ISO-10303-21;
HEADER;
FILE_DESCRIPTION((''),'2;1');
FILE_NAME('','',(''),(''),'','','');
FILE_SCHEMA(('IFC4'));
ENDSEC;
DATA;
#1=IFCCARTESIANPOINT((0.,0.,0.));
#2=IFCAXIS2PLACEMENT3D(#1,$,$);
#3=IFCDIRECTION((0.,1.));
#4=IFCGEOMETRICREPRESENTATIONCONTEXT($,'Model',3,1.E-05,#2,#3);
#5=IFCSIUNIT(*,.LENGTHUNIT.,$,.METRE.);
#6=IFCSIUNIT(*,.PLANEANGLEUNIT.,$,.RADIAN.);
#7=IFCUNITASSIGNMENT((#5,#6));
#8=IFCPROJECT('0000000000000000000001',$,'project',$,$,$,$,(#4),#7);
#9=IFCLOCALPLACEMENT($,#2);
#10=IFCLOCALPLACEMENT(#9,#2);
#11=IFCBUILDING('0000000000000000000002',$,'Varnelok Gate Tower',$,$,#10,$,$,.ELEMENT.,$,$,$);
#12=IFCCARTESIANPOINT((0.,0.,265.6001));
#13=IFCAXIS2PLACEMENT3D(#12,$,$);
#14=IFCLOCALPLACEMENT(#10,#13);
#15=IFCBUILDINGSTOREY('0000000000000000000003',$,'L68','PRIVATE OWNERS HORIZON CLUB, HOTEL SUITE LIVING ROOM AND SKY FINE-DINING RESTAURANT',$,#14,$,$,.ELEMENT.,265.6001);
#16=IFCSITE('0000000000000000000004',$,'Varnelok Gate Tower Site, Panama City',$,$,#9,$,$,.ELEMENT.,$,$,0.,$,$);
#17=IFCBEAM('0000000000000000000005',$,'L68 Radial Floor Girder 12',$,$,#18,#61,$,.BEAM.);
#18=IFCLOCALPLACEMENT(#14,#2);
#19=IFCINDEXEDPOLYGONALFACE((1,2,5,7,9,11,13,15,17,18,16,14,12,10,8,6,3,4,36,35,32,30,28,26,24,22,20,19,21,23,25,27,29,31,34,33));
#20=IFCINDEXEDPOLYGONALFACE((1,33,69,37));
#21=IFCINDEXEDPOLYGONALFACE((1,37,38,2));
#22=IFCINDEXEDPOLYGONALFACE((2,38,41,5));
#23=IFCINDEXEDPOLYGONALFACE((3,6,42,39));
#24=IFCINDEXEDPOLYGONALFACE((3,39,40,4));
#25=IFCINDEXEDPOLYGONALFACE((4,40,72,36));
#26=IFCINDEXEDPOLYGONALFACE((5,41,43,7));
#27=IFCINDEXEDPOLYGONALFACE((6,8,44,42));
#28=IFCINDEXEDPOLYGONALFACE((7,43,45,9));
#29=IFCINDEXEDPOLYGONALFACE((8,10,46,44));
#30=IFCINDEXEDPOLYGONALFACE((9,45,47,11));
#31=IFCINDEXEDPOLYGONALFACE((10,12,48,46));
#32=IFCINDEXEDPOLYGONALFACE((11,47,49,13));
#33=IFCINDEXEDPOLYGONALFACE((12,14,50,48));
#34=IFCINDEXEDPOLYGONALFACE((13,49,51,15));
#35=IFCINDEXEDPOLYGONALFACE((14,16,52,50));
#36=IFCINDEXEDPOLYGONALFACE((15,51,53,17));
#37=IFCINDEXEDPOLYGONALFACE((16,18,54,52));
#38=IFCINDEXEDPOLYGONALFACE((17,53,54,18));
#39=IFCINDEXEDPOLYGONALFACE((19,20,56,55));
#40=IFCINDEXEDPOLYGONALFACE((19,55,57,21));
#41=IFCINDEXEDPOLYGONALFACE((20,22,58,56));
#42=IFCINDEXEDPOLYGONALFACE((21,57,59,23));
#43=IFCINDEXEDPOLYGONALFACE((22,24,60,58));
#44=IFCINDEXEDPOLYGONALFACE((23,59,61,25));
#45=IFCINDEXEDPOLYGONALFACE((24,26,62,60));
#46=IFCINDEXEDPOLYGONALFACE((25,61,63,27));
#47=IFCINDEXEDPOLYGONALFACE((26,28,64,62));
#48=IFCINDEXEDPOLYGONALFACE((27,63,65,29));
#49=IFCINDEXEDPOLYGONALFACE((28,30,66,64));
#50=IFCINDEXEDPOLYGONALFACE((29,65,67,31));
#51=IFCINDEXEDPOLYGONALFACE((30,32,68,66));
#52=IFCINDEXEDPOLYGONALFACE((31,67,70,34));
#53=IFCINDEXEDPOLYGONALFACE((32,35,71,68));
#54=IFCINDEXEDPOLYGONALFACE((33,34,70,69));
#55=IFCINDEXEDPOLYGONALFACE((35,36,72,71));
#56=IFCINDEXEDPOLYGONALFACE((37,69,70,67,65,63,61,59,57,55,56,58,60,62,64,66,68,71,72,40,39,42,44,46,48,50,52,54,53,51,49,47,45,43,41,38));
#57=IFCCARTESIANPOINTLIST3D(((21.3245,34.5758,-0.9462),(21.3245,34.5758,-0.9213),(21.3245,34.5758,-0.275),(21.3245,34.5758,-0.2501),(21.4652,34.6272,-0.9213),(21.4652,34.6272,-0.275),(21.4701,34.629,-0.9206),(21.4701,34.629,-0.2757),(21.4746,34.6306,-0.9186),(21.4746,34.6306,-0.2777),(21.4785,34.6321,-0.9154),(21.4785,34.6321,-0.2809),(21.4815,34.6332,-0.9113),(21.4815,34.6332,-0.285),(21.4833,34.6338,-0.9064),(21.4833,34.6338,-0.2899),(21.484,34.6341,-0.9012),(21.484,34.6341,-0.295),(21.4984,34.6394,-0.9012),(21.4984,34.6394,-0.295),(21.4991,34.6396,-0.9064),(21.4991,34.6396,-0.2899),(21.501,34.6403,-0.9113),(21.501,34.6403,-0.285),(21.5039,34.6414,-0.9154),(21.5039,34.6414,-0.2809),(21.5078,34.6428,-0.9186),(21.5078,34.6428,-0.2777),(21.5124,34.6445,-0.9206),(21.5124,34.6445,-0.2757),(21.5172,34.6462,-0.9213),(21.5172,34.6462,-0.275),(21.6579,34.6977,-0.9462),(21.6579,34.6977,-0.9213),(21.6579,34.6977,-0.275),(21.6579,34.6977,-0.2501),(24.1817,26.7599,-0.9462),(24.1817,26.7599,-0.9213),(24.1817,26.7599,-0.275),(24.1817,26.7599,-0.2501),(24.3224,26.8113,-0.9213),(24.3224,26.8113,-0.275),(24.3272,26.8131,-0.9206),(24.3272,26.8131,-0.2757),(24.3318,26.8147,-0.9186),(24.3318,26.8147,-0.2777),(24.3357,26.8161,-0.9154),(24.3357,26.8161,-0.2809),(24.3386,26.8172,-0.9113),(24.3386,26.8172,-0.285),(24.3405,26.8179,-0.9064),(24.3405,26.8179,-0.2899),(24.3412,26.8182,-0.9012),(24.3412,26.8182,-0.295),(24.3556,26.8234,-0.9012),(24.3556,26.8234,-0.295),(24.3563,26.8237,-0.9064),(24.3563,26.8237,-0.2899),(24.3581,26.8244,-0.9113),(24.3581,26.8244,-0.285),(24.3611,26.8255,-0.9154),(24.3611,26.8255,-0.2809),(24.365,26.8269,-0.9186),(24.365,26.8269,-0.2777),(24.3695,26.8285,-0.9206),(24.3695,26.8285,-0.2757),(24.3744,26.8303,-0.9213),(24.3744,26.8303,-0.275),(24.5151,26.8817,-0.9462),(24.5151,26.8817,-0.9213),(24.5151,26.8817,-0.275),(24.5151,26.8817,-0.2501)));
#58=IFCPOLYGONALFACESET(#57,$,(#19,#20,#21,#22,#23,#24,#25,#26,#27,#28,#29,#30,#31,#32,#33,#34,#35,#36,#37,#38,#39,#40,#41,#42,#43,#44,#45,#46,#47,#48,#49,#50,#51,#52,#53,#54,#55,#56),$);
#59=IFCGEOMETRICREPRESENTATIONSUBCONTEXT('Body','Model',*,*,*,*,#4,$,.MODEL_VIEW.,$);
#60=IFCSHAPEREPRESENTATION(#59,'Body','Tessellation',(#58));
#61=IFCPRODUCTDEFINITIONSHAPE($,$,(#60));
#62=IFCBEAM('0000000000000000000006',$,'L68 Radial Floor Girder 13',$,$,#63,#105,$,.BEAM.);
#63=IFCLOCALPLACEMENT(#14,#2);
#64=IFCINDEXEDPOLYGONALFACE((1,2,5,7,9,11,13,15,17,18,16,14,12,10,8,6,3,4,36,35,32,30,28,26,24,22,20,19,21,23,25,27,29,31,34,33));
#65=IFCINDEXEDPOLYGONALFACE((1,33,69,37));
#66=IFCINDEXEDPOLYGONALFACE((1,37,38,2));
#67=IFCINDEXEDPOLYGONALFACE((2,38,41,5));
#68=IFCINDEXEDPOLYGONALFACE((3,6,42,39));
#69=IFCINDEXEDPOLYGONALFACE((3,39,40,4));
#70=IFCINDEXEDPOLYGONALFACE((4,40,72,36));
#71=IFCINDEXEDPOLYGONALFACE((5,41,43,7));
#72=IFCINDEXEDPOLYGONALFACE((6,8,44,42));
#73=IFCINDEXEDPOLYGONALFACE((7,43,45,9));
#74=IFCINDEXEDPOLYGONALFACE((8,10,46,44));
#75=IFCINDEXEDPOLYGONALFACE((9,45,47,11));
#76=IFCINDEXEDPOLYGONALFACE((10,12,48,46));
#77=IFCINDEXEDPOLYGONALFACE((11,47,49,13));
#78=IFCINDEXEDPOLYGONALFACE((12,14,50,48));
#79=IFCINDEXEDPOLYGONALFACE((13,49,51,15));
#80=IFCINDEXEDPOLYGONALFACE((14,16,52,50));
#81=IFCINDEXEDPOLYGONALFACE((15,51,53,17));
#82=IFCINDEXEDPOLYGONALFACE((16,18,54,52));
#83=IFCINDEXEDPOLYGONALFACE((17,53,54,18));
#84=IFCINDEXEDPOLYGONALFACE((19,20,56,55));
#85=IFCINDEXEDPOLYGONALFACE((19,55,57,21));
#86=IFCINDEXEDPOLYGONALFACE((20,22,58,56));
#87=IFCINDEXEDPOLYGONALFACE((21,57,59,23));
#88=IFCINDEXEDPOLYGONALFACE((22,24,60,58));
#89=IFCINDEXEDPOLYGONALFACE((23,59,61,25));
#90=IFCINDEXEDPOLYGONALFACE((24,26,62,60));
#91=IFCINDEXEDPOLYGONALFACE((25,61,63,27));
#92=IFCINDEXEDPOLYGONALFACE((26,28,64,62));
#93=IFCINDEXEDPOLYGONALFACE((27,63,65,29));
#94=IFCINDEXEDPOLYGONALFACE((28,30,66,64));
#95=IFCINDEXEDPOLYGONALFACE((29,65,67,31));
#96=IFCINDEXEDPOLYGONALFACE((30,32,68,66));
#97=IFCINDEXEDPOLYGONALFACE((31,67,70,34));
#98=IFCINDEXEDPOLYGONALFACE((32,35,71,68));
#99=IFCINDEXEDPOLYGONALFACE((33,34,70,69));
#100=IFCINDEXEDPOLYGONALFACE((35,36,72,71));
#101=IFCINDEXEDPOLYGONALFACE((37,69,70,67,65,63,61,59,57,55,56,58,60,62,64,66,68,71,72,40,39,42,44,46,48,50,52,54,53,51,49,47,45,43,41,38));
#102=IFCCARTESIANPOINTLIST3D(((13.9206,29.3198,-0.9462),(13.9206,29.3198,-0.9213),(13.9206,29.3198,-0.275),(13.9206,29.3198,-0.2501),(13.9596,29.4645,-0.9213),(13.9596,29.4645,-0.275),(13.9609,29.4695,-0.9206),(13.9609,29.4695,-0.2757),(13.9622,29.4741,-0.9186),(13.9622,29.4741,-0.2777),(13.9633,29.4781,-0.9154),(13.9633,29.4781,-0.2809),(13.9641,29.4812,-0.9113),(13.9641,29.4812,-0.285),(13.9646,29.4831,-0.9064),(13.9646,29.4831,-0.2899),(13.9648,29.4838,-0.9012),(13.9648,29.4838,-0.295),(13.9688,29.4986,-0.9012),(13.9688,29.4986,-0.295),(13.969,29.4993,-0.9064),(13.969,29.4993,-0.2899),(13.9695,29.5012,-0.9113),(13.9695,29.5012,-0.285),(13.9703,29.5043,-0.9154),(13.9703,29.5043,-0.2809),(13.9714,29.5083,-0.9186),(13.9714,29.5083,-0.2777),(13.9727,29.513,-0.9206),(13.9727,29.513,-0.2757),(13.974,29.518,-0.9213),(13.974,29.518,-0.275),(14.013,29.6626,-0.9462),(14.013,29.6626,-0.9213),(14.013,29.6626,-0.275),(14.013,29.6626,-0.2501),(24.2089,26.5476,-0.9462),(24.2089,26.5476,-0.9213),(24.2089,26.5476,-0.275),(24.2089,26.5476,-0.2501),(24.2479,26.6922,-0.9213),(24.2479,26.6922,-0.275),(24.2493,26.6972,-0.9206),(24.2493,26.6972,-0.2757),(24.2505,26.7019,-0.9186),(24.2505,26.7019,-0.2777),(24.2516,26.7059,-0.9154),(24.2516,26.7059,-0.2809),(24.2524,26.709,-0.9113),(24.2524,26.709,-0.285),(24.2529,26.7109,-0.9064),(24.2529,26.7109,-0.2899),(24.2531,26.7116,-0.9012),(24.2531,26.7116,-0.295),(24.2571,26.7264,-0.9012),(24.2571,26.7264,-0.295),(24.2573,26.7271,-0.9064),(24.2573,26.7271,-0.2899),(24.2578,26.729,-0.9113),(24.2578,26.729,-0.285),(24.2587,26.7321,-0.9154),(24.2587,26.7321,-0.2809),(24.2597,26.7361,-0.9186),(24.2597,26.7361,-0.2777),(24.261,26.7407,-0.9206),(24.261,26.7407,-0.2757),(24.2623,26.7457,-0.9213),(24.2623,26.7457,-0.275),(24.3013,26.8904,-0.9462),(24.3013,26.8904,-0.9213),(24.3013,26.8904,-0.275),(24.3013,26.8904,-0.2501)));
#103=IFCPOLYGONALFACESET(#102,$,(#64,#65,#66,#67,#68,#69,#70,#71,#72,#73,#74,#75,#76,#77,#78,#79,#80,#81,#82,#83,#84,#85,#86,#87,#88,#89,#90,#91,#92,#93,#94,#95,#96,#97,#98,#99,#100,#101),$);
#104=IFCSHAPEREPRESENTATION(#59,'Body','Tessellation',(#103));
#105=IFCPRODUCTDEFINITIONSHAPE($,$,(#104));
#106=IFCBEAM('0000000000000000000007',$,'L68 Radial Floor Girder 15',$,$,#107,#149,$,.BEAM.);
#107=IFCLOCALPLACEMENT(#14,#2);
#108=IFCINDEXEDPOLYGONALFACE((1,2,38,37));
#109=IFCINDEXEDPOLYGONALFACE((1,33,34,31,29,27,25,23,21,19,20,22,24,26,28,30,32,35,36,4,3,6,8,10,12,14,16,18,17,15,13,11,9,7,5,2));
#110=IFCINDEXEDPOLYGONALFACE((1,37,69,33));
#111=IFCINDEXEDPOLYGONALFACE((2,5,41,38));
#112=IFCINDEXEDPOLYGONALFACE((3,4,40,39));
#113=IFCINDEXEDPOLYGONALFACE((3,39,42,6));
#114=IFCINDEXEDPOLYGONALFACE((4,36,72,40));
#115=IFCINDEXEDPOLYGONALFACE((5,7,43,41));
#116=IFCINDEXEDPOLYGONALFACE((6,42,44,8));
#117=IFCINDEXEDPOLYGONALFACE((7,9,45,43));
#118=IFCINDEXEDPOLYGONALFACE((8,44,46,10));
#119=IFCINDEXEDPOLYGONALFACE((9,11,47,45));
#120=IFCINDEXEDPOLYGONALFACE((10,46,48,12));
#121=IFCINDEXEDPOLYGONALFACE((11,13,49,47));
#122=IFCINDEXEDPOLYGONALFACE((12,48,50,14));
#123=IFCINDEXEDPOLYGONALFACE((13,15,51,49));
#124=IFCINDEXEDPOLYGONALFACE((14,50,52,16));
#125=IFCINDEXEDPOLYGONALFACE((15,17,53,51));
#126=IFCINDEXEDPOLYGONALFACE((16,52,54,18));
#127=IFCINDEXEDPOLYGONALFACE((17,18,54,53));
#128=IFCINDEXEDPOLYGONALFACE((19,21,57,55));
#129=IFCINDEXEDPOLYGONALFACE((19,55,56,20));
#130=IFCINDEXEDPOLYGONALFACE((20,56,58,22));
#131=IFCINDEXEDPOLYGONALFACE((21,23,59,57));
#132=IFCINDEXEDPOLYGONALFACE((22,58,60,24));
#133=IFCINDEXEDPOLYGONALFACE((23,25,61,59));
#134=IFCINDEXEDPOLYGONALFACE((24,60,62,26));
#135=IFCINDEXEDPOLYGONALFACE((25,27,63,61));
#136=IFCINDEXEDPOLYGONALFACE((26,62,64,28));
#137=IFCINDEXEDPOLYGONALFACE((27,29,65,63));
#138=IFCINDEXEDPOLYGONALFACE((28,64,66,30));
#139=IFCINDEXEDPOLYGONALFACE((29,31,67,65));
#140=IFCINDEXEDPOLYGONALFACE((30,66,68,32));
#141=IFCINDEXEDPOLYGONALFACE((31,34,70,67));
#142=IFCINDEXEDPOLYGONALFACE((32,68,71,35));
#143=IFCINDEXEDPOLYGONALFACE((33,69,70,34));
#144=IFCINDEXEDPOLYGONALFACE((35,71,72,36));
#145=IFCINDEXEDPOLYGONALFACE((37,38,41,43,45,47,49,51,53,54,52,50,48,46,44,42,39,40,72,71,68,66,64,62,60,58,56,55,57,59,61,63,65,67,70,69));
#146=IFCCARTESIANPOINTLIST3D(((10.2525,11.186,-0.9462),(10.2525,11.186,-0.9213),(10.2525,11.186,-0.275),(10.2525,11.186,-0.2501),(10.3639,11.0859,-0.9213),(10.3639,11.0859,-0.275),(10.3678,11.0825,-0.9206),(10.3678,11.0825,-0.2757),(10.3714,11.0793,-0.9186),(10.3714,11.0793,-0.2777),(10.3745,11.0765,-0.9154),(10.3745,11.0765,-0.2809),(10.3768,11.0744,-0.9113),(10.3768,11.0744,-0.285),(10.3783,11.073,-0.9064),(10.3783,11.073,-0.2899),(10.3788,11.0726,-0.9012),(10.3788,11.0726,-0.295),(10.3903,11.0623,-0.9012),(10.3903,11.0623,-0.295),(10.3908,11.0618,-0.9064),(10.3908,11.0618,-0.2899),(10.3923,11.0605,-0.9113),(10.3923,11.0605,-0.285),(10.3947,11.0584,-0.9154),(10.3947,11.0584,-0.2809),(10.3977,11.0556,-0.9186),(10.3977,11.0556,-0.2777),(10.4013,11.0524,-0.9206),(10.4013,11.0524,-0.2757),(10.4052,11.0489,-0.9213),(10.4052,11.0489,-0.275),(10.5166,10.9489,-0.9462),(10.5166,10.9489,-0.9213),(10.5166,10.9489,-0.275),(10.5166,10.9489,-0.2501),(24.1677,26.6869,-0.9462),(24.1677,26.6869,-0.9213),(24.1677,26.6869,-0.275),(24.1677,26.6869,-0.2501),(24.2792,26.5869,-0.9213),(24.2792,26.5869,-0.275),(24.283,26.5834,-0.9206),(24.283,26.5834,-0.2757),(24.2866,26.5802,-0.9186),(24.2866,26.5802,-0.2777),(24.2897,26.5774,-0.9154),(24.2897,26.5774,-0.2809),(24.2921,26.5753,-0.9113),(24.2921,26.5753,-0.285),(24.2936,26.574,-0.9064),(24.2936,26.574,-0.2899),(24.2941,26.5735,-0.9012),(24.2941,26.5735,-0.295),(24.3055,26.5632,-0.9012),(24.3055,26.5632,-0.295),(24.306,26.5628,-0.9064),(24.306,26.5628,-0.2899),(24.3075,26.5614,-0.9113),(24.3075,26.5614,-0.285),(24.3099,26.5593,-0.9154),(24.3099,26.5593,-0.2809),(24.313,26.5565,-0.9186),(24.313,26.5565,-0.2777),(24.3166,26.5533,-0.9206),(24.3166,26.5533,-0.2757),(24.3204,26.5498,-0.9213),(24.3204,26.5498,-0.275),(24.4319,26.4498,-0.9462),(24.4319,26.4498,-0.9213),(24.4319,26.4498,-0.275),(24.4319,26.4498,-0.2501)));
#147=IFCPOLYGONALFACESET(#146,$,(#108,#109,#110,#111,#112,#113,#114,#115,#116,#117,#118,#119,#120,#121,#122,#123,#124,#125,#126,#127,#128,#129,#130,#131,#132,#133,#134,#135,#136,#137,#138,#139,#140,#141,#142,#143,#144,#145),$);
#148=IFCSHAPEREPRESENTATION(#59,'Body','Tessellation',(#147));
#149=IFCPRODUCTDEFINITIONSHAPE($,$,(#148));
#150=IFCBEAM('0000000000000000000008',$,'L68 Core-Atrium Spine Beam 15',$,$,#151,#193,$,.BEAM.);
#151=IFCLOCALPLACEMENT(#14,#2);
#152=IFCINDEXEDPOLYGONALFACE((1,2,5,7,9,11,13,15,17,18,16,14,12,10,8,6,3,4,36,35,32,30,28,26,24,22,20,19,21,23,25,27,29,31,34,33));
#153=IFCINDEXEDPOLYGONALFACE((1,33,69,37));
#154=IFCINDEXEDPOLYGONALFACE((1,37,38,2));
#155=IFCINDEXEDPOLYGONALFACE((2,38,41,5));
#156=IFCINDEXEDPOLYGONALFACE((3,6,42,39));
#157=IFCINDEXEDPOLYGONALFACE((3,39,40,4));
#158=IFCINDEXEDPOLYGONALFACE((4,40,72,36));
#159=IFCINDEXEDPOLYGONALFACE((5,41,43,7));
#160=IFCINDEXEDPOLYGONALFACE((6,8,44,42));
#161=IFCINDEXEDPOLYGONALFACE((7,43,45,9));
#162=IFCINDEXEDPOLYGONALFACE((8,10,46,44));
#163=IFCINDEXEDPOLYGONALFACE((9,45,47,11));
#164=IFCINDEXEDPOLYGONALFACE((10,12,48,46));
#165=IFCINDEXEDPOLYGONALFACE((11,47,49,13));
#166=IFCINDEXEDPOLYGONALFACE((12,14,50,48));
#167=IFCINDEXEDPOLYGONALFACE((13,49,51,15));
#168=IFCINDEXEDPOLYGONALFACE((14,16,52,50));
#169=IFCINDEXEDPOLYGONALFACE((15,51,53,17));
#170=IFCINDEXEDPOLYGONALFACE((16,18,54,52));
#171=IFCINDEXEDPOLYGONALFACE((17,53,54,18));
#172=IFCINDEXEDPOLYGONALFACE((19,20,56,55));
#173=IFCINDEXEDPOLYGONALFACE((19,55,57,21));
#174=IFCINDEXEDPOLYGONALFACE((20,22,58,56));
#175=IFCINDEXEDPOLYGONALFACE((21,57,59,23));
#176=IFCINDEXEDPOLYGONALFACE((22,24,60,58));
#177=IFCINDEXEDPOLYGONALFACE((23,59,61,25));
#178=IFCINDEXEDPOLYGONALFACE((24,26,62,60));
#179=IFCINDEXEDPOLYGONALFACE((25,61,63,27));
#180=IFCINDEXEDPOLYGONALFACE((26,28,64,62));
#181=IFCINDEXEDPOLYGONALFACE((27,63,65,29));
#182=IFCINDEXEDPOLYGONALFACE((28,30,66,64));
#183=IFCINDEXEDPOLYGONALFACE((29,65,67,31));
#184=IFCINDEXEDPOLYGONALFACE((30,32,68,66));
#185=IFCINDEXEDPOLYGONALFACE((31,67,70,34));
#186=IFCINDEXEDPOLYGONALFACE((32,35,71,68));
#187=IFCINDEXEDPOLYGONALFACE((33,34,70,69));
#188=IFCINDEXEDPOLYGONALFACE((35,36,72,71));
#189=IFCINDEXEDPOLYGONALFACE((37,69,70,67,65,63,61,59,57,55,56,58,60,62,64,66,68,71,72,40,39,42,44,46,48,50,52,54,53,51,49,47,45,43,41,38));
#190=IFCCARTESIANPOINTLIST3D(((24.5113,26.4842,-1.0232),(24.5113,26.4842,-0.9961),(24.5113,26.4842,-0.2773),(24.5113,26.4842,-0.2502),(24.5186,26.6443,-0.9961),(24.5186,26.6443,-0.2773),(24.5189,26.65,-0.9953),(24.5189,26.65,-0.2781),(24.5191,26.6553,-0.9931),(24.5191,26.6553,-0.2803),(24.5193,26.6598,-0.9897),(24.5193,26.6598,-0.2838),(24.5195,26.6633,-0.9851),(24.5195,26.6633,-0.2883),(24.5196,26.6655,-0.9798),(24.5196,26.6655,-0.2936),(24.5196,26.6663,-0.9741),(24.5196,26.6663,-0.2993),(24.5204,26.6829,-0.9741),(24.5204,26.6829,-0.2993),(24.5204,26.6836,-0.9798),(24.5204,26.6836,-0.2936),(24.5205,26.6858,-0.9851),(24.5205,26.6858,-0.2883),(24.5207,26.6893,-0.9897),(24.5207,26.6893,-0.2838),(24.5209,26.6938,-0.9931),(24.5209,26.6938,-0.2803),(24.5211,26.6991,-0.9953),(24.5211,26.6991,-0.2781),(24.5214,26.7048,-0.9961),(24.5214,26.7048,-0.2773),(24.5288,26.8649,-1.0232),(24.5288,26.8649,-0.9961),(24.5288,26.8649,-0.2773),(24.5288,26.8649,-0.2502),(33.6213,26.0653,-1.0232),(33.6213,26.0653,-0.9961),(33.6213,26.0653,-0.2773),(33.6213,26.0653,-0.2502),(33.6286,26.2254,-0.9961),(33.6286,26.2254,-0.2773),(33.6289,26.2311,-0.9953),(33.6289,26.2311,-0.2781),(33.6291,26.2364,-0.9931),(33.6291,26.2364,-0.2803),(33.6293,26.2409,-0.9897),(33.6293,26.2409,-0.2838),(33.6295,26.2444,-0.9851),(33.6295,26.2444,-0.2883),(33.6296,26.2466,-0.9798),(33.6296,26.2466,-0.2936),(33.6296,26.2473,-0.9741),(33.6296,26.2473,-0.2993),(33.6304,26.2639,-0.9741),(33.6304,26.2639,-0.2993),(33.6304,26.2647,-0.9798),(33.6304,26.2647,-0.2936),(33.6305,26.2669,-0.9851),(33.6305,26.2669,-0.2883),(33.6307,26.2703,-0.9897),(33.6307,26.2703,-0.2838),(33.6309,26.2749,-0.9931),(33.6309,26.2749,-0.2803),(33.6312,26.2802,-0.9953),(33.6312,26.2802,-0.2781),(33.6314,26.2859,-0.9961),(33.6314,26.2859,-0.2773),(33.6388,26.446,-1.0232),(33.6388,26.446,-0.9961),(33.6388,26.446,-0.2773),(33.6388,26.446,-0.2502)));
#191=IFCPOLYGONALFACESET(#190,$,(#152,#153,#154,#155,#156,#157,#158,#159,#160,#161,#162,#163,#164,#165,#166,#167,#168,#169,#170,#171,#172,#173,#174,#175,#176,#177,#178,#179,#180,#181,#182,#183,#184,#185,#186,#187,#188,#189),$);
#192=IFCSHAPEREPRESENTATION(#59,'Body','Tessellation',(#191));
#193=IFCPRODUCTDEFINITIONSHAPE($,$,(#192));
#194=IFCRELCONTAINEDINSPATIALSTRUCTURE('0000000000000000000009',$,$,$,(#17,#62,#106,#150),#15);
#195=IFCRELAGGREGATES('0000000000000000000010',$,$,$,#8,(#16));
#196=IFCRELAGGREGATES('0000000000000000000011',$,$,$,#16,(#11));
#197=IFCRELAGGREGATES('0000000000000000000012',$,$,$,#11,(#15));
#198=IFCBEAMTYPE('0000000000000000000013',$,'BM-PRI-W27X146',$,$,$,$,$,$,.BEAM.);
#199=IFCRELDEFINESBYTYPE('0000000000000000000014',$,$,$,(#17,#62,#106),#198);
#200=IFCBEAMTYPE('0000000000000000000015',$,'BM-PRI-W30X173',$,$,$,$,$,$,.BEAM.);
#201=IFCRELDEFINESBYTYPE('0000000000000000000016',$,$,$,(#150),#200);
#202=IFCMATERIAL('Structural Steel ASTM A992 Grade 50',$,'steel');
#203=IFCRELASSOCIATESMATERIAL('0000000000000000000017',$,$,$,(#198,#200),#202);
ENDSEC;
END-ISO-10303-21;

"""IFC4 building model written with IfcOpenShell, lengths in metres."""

from ifc_helpers import new_model, si_unit, direction, frame, origin, origin_2d, place, context, subcontext, project, spatial, i_section, extrude, material, material_profile, profile_set, type_object, element, save


model = new_model("IFC4")

# Units and contexts
model_context = context("Model", 3, precision=1e-05, world=origin(), true_north=direction((0.0, 1.0)))
body_context = subcontext(model_context, "Body", "Model", "MODEL_VIEW")
ifc_project = project(units=[si_unit("LENGTHUNIT", "METRE"), si_unit("PLANEANGLEUNIT", "RADIAN")], contexts=[model_context])

# Site, building, storey
site_placement = place(None, origin())
site = spatial("IfcSite", under=ifc_project, at=site_placement, Name="Varnelok Gate Tower Site, Panama City", CompositionType="ELEMENT", RefElevation=0.0)
building_placement = place(site_placement, origin())
building = spatial("IfcBuilding", under=site, at=building_placement, Name="Varnelok Gate Tower", CompositionType="ELEMENT")
storey_placement = place(building_placement, frame((0.0, 0.0, 265.6001)))
storey = spatial("IfcBuildingStorey", under=building, at=storey_placement, Name="L68", Description="PRIVATE OWNERS HORIZON CLUB, HOTEL SUITE LIVING ROOM AND SKY FINE-DINING RESTAURANT", CompositionType="ELEMENT", Elevation=265.6001)

# Shared definitions
ifc_material_1 = material(Name="Structural Steel ASTM A992 Grade 50", Category="steel")

# Beams
ifc_material_profile_1 = material_profile(ifc_material_1, i_section(OverallWidth=0.355, OverallDepth=0.696, WebThickness=0.0154, FlangeThickness=0.0249, FilletRadius=0.02, at=origin_2d()), Name="W27X146")
ifc_profile_set_1 = profile_set([ifc_material_profile_1], Name="Structural Steel ASTM A992 Grade 50")
beam_type_1 = type_object("IfcBeamType", Name="BM-PRI-W27X146", PredefinedType="BEAM", material=ifc_profile_set_1)
beam_1_placement = place(storey_placement, frame((24.3484, 26.8208, -0.5981), z_axis=(-0.343337, 0.939212, 0.0), x_axis=(-0.939212, -0.343337, 0.0)))
element("IfcBeam", 1, at=beam_1_placement, inside=storey, type_object=beam_type_1, Name="L68 Radial Floor Girder 12", PredefinedType="BEAM", context=body_context, shape_type="SweptSolid", body=[
    extrude(i_section(OverallWidth=0.355, OverallDepth=0.696, WebThickness=0.0154, FlangeThickness=0.0249, FilletRadius=0.02, at=origin_2d()), origin(), (0.0, 0.0, 1.0), 8.3218),
])
beam_2_placement = place(storey_placement, frame((24.2551, 26.719, -0.5981), z_axis=(-0.965562, 0.260173, 0.0), x_axis=(-0.260173, -0.965562, 0.0)))
element("IfcBeam", 2, at=beam_2_placement, inside=storey, type_object=beam_type_1, Name="L68 Radial Floor Girder 13", PredefinedType="BEAM", context=body_context, shape_type="SweptSolid", body=[
    extrude(i_section(OverallWidth=0.355, OverallDepth=0.696, WebThickness=0.0154, FlangeThickness=0.0249, FilletRadius=0.02, at=origin_2d()), origin(), (0.0, 0.0, 1.0), 10.6553),
])
beam_3_placement = place(storey_placement, frame((24.2998, 26.5684, -0.5981), z_axis=(-0.66802, -0.744143, 0.0), x_axis=(0.744143, -0.66802, 0.0)))
element("IfcBeam", 3, at=beam_3_placement, inside=storey, type_object=beam_type_1, Name="L68 Radial Floor Girder 15", PredefinedType="BEAM", context=body_context, shape_type="SweptSolid", body=[
    extrude(i_section(OverallWidth=0.355, OverallDepth=0.696, WebThickness=0.0154, FlangeThickness=0.0249, FilletRadius=0.02, at=origin_2d()), origin(), (0.0, 0.0, 1.0), 20.8306),
])
ifc_material_profile_2 = material_profile(ifc_material_1, i_section(OverallWidth=0.3811, OverallDepth=0.7729, WebThickness=0.0166, FlangeThickness=0.0271, FilletRadius=0.022, at=origin_2d()), Name="W30X173")
ifc_profile_set_2 = profile_set([ifc_material_profile_2], Name="Structural Steel ASTM A992 Grade 50")
beam_type_2 = type_object("IfcBeamType", Name="BM-PRI-W30X173", PredefinedType="BEAM", material=ifc_profile_set_2)
beam_4_placement = place(storey_placement, frame((24.52, 26.6746, -0.6367), z_axis=(0.998944, -0.045938, 0.0), x_axis=(0.045938, 0.998944, 0.0)))
element("IfcBeam", 4, at=beam_4_placement, inside=storey, type_object=beam_type_2, Name="L68 Core-Atrium Spine Beam 15", PredefinedType="BEAM", context=body_context, shape_type="SweptSolid", body=[
    extrude(i_section(OverallWidth=0.3811, OverallDepth=0.7729, WebThickness=0.0166, FlangeThickness=0.0271, FilletRadius=0.022, at=origin_2d()), origin(), (0.0, 0.0, 1.0), 9.1196),
])

save(model, "model.ifc")
